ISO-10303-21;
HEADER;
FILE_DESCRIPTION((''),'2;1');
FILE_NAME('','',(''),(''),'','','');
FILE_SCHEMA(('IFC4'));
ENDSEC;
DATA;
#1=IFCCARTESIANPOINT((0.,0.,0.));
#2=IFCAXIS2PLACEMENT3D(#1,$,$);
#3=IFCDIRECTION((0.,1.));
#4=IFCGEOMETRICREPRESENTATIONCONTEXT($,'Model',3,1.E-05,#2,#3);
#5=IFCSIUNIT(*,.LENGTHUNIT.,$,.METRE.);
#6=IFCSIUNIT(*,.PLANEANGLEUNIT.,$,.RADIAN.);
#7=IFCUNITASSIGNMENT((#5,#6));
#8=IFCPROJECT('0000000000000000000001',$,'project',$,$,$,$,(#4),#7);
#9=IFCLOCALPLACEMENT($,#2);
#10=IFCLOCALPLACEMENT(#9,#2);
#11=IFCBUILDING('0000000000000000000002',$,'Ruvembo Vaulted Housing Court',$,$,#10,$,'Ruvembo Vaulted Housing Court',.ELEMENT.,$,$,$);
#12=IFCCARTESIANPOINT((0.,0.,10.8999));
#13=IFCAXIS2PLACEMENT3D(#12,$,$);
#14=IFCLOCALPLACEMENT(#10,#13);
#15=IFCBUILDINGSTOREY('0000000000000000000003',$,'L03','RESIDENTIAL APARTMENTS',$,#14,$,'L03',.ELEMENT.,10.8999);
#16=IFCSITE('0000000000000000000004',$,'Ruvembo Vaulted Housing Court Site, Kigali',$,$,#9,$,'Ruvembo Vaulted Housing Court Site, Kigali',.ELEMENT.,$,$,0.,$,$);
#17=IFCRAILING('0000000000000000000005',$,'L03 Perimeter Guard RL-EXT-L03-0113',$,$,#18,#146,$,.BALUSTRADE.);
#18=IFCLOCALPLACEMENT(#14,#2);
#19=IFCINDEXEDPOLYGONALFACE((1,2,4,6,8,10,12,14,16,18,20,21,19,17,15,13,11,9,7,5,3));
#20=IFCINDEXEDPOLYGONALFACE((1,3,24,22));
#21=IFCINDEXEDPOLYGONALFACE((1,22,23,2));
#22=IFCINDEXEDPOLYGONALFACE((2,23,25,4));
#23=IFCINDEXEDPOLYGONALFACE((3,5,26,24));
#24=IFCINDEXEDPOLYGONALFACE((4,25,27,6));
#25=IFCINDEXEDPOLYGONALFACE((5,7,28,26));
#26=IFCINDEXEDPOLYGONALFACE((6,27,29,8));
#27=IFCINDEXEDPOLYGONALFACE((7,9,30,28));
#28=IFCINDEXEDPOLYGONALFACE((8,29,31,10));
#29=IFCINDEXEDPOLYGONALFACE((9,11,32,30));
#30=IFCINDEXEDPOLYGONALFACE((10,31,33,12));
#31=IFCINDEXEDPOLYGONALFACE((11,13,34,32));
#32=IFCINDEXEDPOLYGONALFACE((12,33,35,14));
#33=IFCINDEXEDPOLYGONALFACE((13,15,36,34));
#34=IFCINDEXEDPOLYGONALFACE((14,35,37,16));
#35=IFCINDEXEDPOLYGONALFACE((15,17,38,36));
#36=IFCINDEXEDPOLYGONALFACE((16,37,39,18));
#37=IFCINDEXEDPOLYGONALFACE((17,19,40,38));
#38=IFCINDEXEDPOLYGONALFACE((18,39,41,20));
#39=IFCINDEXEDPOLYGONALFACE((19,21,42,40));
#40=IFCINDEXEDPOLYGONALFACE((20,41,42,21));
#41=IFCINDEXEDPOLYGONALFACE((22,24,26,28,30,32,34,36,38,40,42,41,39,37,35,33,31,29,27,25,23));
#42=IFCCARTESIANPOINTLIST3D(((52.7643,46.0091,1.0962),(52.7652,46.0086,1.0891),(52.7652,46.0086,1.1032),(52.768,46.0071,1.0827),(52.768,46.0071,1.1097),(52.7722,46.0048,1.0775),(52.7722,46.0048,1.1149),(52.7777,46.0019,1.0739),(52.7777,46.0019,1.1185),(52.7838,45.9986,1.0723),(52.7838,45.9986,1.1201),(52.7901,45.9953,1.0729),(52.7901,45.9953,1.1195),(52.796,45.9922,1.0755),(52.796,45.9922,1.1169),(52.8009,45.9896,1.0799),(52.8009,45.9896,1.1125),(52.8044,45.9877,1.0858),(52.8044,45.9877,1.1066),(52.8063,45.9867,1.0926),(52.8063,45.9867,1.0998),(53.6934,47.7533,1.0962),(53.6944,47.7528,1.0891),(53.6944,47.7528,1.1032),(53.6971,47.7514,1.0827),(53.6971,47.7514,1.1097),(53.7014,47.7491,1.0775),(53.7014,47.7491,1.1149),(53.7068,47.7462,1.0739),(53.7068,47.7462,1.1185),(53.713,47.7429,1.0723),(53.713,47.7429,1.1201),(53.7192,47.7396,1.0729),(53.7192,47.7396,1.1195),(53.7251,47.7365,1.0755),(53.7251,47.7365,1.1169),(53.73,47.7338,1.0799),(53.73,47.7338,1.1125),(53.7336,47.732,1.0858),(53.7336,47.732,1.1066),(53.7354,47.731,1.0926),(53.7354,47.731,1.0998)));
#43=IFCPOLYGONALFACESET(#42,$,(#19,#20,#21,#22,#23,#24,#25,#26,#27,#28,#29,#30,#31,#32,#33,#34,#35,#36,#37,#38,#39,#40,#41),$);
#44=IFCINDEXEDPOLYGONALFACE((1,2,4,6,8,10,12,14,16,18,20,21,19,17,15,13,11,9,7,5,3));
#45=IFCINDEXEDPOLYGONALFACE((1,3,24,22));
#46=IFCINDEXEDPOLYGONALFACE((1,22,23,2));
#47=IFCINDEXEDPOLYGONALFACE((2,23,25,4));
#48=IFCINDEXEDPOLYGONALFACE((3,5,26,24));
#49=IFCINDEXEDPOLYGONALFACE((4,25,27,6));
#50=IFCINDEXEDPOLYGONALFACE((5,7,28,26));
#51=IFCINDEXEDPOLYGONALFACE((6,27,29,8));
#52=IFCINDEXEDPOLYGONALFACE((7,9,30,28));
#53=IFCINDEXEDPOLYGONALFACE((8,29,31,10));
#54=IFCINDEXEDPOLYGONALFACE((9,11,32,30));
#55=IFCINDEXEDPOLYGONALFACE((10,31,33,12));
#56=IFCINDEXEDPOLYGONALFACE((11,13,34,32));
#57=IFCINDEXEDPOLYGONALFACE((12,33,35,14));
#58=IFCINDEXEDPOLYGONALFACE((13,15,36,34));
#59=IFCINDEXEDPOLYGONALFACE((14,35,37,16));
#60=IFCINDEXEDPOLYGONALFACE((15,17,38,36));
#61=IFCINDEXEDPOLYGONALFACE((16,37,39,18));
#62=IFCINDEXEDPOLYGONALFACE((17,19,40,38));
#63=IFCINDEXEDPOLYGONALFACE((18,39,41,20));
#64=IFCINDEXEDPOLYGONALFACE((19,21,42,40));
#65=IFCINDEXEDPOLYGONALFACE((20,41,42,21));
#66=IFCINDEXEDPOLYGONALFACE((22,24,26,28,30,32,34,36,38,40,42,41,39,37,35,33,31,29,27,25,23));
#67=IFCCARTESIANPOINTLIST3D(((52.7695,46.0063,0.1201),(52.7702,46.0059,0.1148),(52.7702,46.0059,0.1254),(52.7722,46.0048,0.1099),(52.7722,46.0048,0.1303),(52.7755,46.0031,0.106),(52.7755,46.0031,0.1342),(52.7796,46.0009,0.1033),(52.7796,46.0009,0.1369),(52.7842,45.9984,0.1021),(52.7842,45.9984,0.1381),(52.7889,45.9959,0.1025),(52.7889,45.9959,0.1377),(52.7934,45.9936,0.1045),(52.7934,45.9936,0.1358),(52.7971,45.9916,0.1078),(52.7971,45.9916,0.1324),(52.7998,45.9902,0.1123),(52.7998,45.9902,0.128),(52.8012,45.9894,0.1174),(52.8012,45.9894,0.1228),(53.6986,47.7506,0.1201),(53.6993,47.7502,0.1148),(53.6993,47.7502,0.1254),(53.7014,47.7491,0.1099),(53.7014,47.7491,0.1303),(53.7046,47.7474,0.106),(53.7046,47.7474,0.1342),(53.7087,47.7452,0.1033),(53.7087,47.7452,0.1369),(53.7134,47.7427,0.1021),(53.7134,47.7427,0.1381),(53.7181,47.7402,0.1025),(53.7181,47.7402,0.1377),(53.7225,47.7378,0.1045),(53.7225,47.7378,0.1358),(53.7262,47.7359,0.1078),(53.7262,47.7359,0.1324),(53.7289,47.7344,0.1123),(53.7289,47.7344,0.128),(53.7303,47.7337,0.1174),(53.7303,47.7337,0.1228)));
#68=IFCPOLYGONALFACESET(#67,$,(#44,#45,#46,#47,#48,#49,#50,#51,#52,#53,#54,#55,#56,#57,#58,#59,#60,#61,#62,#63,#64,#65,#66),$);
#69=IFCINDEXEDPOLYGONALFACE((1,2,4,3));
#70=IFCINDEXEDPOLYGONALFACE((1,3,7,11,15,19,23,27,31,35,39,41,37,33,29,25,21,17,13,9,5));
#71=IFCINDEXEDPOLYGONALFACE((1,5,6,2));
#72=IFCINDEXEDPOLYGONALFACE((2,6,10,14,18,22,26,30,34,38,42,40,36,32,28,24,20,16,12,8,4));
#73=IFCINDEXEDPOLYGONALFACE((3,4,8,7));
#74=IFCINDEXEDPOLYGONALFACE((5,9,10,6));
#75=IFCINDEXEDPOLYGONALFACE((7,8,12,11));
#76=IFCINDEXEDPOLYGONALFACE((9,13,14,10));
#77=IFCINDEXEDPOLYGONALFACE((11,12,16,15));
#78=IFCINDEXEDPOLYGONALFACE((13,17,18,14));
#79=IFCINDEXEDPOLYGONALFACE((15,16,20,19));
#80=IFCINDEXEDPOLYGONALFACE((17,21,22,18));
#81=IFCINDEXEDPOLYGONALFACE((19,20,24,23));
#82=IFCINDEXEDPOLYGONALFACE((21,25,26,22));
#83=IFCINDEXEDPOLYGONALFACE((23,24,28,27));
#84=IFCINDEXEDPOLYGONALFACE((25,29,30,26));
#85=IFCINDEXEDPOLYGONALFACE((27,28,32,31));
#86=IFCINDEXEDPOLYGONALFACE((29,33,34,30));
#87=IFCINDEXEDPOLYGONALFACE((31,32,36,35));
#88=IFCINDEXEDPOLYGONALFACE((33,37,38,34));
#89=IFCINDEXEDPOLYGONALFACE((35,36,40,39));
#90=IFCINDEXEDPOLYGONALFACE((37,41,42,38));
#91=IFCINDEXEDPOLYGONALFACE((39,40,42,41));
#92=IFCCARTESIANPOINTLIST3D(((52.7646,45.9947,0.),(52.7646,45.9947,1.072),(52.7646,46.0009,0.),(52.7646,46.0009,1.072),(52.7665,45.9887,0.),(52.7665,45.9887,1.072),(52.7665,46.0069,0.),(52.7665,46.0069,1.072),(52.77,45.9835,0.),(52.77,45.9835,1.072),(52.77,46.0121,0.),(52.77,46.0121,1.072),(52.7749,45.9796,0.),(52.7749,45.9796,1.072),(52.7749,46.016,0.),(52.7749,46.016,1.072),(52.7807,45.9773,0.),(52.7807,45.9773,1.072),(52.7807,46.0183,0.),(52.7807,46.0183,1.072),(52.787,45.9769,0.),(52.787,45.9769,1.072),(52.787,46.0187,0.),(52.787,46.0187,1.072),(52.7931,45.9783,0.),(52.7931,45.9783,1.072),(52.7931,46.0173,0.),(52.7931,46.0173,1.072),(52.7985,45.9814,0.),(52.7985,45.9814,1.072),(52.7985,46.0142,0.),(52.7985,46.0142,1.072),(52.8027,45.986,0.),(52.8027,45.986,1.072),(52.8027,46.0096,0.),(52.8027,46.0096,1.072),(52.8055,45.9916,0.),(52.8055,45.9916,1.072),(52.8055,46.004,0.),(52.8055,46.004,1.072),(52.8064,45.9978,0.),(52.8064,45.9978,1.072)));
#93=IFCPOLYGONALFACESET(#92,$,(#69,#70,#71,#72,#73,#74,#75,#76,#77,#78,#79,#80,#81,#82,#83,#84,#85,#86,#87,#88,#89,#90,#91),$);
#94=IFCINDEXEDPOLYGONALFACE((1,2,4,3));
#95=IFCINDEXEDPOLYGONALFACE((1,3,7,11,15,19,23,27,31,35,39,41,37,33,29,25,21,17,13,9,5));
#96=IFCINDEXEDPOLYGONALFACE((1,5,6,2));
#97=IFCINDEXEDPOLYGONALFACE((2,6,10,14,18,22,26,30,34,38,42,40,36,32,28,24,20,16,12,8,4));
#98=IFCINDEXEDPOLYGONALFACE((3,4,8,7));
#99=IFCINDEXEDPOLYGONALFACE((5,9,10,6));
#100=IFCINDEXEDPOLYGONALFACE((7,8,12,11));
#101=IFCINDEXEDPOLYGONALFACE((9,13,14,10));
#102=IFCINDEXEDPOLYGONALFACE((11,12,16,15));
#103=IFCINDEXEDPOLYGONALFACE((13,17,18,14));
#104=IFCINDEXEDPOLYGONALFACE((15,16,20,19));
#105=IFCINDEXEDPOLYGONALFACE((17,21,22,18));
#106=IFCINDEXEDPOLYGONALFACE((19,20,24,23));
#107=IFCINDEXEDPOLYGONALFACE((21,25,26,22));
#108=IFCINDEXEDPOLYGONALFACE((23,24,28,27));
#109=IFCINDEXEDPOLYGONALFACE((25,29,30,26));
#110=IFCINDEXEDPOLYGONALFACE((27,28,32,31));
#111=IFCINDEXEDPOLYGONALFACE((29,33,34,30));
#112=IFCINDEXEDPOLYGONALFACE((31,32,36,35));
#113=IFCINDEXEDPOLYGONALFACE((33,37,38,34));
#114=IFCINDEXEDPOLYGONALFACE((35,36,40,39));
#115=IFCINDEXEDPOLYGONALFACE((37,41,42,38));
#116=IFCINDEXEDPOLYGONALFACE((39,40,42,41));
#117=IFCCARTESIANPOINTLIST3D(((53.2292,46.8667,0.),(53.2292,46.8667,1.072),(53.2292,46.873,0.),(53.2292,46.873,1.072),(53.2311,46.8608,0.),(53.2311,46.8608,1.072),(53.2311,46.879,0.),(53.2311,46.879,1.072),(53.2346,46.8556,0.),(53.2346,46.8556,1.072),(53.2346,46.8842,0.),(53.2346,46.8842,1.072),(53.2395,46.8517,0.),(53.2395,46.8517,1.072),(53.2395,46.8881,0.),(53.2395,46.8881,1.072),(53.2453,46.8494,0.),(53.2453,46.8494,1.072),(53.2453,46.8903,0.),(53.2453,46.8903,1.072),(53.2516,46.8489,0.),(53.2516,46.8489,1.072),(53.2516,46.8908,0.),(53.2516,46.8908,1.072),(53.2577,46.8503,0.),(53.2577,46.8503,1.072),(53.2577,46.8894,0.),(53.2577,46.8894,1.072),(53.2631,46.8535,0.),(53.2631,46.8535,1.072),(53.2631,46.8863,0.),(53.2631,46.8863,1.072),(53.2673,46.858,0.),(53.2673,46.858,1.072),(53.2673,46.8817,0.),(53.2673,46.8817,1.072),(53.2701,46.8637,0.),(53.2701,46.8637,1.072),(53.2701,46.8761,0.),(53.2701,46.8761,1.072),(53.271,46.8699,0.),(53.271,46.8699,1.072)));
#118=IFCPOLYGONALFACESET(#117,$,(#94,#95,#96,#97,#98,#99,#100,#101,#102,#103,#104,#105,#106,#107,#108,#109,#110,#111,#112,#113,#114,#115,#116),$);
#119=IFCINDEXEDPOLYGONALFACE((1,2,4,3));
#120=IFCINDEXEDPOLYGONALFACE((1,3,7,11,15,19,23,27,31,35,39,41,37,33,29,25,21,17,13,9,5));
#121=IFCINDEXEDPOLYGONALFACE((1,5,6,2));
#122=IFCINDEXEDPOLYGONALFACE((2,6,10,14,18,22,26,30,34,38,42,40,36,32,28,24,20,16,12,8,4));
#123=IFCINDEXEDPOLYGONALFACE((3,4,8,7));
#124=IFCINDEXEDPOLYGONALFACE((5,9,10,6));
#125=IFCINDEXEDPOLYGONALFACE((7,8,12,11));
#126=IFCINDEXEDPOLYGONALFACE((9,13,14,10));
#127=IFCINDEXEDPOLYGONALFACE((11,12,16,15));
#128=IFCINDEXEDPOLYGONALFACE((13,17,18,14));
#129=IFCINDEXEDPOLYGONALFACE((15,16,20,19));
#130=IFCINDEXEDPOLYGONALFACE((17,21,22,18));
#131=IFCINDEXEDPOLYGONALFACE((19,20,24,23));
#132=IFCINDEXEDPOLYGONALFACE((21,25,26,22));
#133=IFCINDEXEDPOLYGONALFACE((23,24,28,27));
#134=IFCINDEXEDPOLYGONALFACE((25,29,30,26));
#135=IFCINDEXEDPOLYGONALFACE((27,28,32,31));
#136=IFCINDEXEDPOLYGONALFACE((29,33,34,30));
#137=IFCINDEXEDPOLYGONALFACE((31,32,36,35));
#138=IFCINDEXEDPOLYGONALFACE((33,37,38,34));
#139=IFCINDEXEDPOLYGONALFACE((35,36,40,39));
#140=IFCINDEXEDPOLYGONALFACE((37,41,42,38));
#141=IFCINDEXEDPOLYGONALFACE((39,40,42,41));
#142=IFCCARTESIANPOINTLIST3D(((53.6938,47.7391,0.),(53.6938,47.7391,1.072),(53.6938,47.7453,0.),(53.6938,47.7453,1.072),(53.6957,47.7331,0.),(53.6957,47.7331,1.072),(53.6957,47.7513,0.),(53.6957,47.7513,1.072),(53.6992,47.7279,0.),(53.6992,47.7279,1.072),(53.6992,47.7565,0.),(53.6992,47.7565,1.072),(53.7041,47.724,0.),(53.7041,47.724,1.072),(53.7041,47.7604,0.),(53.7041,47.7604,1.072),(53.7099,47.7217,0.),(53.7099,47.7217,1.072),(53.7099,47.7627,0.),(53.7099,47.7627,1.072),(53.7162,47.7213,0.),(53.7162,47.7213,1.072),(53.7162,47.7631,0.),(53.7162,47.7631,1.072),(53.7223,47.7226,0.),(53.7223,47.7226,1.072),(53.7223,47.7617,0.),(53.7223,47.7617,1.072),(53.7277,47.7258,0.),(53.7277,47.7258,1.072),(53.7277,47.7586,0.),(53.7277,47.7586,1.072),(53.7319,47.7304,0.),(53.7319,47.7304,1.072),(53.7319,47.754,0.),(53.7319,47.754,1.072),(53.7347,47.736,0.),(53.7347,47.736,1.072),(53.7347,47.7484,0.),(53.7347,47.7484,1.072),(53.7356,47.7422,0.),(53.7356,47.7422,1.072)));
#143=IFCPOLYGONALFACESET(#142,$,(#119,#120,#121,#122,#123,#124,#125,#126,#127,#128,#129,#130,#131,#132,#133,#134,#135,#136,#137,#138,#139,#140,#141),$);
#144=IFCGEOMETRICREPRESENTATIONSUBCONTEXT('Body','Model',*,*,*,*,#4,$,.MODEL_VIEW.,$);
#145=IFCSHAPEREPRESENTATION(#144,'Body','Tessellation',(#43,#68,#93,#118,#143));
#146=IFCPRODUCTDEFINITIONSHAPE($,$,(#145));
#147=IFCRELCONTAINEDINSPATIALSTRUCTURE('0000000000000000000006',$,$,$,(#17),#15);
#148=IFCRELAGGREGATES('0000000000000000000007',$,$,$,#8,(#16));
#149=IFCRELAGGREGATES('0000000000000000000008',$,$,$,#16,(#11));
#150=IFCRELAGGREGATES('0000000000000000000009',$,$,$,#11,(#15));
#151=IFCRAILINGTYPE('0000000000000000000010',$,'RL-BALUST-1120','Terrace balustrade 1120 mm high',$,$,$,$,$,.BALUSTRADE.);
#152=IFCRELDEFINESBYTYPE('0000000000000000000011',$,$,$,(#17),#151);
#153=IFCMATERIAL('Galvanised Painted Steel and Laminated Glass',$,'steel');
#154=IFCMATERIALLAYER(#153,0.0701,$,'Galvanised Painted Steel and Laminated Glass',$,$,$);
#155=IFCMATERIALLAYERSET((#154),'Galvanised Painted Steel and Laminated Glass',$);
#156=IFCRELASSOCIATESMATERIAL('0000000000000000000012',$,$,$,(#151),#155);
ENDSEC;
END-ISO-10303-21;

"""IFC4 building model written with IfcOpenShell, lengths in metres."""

from ifc_helpers import new_model, si_unit, direction, frame, origin, origin_2d, place, context, subcontext, project, spatial, circle, extrude, material, layer, layer_set, type_object, element, save


model = new_model("IFC4")

# Units and contexts
model_context = context("Model", 3, precision=1e-05, world=origin(), true_north=direction((0.0, 1.0)))
body_context = subcontext(model_context, "Body", "Model", "MODEL_VIEW")
ifc_project = project(units=[si_unit("LENGTHUNIT", "METRE"), si_unit("PLANEANGLEUNIT", "RADIAN")], contexts=[model_context])

# Site, building, storey
site_placement = place(None, origin())
site = spatial("IfcSite", under=ifc_project, at=site_placement, Name="Ruvembo Vaulted Housing Court Site, Kigali", LongName="Ruvembo Vaulted Housing Court Site, Kigali", CompositionType="ELEMENT", RefElevation=0.0)
building_placement = place(site_placement, origin())
building = spatial("IfcBuilding", under=site, at=building_placement, Name="Ruvembo Vaulted Housing Court", LongName="Ruvembo Vaulted Housing Court", CompositionType="ELEMENT")
storey_placement = place(building_placement, frame((0.0, 0.0, 10.8999)))
storey = spatial("IfcBuildingStorey", under=building, at=storey_placement, Name="L03", Description="RESIDENTIAL APARTMENTS", LongName="L03", CompositionType="ELEMENT", Elevation=10.8999)

# Railing
ifc_material_1 = material(Name="Galvanised Painted Steel and Laminated Glass", Category="steel")
ifc_layer_1 = layer(ifc_material_1, 0.0701, Name="Galvanised Painted Steel and Laminated Glass")
ifc_layer_set_1 = layer_set([ifc_layer_1], Name="Galvanised Painted Steel and Laminated Glass")
railing_type = type_object("IfcRailingType", Name="RL-BALUST-1120", Description="Terrace balustrade 1120 mm high", PredefinedType="BALUSTRADE", material=ifc_layer_set_1)
railing_1_placement = place(storey_placement, frame((52.7854, 45.9978, 0.0)))
element("IfcRailing", 1, at=railing_1_placement, inside=storey, type_object=railing_type, Name="L03 Perimeter Guard RL-EXT-L03-0113", PredefinedType="BALUSTRADE", context=body_context, shape_type="SweptSolid", body=[
    extrude(circle(Radius=0.0239, at=origin_2d()), frame((0.0, 0.0, 1.0962), z_axis=(0.470139, 0.882592, 0.0), x_axis=(-0.882592, 0.470139, 0.0)), (0.0, 0.0, 1.0), 1.9763),
    extrude(circle(Radius=0.0181, at=origin_2d()), frame((0.0, 0.0, 0.1201), z_axis=(0.470139, 0.882592, 0.0), x_axis=(-0.882592, 0.470139, 0.0)), (0.0, 0.0, 1.0), 1.9763),
    extrude(circle(Radius=0.021, at=origin_2d()), origin(), (0.0, 0.0, 1.0), 1.072),
    extrude(circle(Radius=0.021, at=origin_2d()), frame((0.4646, 0.8721, 0.0)), (0.0, 0.0, 1.0), 1.072),
    extrude(circle(Radius=0.021, at=origin_2d()), frame((0.9292, 1.7444, 0.0)), (0.0, 0.0, 1.0), 1.072),
])

save(model, "model.ifc")
